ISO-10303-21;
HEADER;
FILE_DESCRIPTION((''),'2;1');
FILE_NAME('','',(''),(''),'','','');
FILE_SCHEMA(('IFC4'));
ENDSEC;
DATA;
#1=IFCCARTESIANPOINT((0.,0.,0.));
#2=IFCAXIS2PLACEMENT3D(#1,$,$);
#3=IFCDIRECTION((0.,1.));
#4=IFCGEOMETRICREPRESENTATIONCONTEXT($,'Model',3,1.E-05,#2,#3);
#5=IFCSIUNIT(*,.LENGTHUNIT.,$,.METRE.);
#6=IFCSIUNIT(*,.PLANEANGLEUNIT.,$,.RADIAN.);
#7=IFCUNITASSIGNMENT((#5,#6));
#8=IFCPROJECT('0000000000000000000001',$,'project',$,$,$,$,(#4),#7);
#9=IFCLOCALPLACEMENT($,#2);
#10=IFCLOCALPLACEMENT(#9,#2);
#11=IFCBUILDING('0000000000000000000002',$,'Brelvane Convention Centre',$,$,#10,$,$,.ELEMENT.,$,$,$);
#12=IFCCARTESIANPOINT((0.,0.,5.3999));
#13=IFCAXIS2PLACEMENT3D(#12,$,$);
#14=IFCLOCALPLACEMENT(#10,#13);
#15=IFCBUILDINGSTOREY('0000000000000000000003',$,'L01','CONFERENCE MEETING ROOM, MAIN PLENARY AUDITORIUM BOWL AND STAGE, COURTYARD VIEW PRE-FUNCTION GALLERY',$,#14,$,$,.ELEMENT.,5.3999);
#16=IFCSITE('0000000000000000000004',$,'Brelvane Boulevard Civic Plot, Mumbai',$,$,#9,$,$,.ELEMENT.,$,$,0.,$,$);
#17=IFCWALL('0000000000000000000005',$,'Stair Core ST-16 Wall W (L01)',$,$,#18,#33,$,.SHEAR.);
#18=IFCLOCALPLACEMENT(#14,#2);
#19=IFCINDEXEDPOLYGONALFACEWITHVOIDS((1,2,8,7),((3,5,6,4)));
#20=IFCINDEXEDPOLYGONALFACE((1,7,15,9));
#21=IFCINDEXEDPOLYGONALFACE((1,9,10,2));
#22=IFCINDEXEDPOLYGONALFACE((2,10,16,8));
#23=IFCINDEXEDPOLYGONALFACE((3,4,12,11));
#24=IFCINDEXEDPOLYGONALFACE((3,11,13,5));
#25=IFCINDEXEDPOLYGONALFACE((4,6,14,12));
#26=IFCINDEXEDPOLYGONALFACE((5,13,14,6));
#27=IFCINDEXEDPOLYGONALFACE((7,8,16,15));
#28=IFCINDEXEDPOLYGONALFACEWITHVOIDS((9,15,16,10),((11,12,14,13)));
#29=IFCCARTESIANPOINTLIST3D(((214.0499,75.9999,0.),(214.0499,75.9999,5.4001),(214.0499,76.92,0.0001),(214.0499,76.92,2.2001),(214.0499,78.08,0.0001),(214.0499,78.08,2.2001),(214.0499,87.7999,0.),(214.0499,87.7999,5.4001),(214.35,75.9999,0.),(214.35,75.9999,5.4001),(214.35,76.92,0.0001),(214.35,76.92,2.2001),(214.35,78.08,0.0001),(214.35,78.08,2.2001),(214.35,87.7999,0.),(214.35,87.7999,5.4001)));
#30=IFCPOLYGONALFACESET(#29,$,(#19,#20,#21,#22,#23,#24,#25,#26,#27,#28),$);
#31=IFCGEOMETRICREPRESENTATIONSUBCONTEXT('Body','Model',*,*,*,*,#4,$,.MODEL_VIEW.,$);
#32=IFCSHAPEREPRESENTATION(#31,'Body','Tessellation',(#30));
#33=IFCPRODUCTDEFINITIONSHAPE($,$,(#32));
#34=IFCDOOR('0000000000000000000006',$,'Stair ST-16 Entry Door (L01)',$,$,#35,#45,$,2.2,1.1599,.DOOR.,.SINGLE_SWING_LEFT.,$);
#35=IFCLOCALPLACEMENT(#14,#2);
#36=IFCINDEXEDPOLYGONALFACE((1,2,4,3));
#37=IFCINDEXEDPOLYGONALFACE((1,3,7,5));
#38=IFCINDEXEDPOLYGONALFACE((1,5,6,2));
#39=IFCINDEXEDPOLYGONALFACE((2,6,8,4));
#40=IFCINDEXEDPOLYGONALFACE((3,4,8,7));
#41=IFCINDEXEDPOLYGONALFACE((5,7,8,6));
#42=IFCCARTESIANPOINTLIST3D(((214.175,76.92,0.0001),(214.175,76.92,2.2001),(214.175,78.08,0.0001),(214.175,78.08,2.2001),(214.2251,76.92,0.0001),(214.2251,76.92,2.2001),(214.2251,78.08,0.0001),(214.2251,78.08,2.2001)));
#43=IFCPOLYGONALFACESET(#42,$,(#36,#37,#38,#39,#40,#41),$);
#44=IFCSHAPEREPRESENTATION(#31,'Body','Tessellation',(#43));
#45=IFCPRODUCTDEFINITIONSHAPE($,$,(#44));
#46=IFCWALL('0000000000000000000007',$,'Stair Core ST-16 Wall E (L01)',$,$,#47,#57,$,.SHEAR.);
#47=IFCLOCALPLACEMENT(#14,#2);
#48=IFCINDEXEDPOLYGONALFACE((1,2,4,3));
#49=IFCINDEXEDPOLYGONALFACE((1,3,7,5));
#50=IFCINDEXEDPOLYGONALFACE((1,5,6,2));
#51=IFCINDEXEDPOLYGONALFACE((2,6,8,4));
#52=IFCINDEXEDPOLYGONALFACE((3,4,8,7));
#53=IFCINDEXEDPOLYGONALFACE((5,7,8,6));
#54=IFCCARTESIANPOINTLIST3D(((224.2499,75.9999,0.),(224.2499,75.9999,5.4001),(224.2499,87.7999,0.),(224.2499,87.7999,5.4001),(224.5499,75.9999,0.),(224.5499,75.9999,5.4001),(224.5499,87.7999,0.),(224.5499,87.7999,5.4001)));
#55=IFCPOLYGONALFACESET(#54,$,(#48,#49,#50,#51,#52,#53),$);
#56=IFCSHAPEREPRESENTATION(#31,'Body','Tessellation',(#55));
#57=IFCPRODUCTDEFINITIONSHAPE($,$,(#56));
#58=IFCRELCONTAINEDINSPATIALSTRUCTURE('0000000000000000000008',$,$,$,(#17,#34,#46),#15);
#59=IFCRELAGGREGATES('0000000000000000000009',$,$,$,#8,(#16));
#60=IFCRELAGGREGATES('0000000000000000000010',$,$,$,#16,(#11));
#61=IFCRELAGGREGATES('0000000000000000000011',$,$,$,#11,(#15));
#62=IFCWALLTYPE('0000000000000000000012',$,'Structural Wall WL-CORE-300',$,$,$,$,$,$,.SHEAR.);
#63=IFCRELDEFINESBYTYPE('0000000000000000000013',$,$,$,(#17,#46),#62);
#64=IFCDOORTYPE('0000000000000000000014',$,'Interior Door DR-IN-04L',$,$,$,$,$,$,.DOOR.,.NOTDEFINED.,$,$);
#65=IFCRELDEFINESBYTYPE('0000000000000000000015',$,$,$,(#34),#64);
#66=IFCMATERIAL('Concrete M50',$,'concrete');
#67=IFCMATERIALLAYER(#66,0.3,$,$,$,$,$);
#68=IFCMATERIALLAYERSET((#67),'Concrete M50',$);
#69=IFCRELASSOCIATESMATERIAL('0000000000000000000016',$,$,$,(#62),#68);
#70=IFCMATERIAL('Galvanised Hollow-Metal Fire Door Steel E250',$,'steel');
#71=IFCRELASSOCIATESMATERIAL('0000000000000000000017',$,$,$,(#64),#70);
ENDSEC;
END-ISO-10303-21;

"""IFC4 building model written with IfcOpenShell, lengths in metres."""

from ifc_helpers import new_model, si_unit, direction, frame, frame_2d, origin, place, context, subcontext, project, spatial, rectangle, extrude, material, layer, layer_set, type_object, element, fill, save


model = new_model("IFC4")

# Units and contexts
model_context = context("Model", 3, precision=1e-05, world=origin(), true_north=direction((0.0, 1.0)))
body_context = subcontext(model_context, "Body", "Model", "MODEL_VIEW")
ifc_project = project(units=[si_unit("LENGTHUNIT", "METRE"), si_unit("PLANEANGLEUNIT", "RADIAN")], contexts=[model_context])

# Site, building, storey
site_placement = place(None, origin())
site = spatial("IfcSite", under=ifc_project, at=site_placement, Name="Brelvane Boulevard Civic Plot, Mumbai", CompositionType="ELEMENT", RefElevation=0.0)
building_placement = place(site_placement, origin())
building = spatial("IfcBuilding", under=site, at=building_placement, Name="Brelvane Convention Centre", CompositionType="ELEMENT")
storey_placement = place(building_placement, frame((0.0, 0.0, 5.3999)))
storey = spatial("IfcBuildingStorey", under=building, at=storey_placement, Name="L01", Description="CONFERENCE MEETING ROOM, MAIN PLENARY AUDITORIUM BOWL AND STAGE, COURTYARD VIEW PRE-FUNCTION GALLERY", CompositionType="ELEMENT", Elevation=5.3999)

# Shared definitions
ifc_material_1 = material(Name="Concrete M50", Category="concrete")
ifc_layer_1 = layer(ifc_material_1, 0.3)
ifc_layer_set_1 = layer_set([ifc_layer_1], Name="Concrete M50")
wall_type = type_object("IfcWallType", Name="Structural Wall WL-CORE-300", PredefinedType="SHEAR", material=ifc_layer_set_1)

# Wall, opening, door
wall_1_placement = place(storey_placement, frame((214.2, 76.0, 0.0), z_axis=(0.0, 0.0, 1.0), x_axis=(0.0, 1.0, 0.0)))
wall_1 = element("IfcWall", 1, at=wall_1_placement, inside=storey, type_object=wall_type, Name="Stair Core ST-16 Wall W (L01)", PredefinedType="SHEAR", context=body_context, shape_type="SweptSolid", body=[
    extrude(rectangle(XDim=11.8, YDim=0.3, at=frame_2d((5.8999, 0.0))), origin(), (0.0, 0.0, 1.0), 5.4001),
])
opening_placement = place(wall_1_placement, frame((0.9199, 0.0, 0.0)))
opening = element("IfcOpeningElement", 2, at=opening_placement, cuts=wall_1, PredefinedType="OPENING", context=body_context, shape_type="SweptSolid", body=[
    extrude(rectangle(XDim=1.1599, YDim=2.2, at=frame_2d((0.5801, 1.1001))), frame((0.0, 0.1599, 0.0), z_axis=(0.0, -1.0, 0.0), x_axis=(1.0, 0.0, 0.0)), (0.0, 0.0, 1.0), 0.3201),
])
ifc_material_2 = material(Name="Galvanised Hollow-Metal Fire Door Steel E250", Category="steel")
door_type = type_object("IfcDoorType", Name="Interior Door DR-IN-04L", OperationType="NOTDEFINED", PredefinedType="DOOR", material=ifc_material_2)
door_placement = place(opening_placement, origin())
door = element("IfcDoor", 3, at=door_placement, inside=storey, type_object=door_type, Name="Stair ST-16 Entry Door (L01)", OperationType="SINGLE_SWING_LEFT", OverallHeight=2.2, OverallWidth=1.1599, PredefinedType="DOOR", context=body_context, shape_type="SweptSolid", body=[
    extrude(rectangle(XDim=1.1599, YDim=2.2, at=frame_2d((0.5801, 1.1001))), frame((0.0, 0.0249, 0.0), z_axis=(0.0, -1.0, 0.0), x_axis=(1.0, 0.0, 0.0)), (0.0, 0.0, 1.0), 0.05),
])
fill(opening, door)

# Wall
wall_2_placement = place(storey_placement, frame((224.3999, 76.0, 0.0), z_axis=(0.0, 0.0, 1.0), x_axis=(0.0, 1.0, 0.0)))
element("IfcWall", 4, at=wall_2_placement, inside=storey, type_object=wall_type, Name="Stair Core ST-16 Wall E (L01)", PredefinedType="SHEAR", context=body_context, shape_type="SweptSolid", body=[
    extrude(rectangle(XDim=11.8, YDim=0.3, at=frame_2d((5.8999, 0.0))), origin(), (0.0, 0.0, 1.0), 5.4001),
])

save(model, "model.ifc")
